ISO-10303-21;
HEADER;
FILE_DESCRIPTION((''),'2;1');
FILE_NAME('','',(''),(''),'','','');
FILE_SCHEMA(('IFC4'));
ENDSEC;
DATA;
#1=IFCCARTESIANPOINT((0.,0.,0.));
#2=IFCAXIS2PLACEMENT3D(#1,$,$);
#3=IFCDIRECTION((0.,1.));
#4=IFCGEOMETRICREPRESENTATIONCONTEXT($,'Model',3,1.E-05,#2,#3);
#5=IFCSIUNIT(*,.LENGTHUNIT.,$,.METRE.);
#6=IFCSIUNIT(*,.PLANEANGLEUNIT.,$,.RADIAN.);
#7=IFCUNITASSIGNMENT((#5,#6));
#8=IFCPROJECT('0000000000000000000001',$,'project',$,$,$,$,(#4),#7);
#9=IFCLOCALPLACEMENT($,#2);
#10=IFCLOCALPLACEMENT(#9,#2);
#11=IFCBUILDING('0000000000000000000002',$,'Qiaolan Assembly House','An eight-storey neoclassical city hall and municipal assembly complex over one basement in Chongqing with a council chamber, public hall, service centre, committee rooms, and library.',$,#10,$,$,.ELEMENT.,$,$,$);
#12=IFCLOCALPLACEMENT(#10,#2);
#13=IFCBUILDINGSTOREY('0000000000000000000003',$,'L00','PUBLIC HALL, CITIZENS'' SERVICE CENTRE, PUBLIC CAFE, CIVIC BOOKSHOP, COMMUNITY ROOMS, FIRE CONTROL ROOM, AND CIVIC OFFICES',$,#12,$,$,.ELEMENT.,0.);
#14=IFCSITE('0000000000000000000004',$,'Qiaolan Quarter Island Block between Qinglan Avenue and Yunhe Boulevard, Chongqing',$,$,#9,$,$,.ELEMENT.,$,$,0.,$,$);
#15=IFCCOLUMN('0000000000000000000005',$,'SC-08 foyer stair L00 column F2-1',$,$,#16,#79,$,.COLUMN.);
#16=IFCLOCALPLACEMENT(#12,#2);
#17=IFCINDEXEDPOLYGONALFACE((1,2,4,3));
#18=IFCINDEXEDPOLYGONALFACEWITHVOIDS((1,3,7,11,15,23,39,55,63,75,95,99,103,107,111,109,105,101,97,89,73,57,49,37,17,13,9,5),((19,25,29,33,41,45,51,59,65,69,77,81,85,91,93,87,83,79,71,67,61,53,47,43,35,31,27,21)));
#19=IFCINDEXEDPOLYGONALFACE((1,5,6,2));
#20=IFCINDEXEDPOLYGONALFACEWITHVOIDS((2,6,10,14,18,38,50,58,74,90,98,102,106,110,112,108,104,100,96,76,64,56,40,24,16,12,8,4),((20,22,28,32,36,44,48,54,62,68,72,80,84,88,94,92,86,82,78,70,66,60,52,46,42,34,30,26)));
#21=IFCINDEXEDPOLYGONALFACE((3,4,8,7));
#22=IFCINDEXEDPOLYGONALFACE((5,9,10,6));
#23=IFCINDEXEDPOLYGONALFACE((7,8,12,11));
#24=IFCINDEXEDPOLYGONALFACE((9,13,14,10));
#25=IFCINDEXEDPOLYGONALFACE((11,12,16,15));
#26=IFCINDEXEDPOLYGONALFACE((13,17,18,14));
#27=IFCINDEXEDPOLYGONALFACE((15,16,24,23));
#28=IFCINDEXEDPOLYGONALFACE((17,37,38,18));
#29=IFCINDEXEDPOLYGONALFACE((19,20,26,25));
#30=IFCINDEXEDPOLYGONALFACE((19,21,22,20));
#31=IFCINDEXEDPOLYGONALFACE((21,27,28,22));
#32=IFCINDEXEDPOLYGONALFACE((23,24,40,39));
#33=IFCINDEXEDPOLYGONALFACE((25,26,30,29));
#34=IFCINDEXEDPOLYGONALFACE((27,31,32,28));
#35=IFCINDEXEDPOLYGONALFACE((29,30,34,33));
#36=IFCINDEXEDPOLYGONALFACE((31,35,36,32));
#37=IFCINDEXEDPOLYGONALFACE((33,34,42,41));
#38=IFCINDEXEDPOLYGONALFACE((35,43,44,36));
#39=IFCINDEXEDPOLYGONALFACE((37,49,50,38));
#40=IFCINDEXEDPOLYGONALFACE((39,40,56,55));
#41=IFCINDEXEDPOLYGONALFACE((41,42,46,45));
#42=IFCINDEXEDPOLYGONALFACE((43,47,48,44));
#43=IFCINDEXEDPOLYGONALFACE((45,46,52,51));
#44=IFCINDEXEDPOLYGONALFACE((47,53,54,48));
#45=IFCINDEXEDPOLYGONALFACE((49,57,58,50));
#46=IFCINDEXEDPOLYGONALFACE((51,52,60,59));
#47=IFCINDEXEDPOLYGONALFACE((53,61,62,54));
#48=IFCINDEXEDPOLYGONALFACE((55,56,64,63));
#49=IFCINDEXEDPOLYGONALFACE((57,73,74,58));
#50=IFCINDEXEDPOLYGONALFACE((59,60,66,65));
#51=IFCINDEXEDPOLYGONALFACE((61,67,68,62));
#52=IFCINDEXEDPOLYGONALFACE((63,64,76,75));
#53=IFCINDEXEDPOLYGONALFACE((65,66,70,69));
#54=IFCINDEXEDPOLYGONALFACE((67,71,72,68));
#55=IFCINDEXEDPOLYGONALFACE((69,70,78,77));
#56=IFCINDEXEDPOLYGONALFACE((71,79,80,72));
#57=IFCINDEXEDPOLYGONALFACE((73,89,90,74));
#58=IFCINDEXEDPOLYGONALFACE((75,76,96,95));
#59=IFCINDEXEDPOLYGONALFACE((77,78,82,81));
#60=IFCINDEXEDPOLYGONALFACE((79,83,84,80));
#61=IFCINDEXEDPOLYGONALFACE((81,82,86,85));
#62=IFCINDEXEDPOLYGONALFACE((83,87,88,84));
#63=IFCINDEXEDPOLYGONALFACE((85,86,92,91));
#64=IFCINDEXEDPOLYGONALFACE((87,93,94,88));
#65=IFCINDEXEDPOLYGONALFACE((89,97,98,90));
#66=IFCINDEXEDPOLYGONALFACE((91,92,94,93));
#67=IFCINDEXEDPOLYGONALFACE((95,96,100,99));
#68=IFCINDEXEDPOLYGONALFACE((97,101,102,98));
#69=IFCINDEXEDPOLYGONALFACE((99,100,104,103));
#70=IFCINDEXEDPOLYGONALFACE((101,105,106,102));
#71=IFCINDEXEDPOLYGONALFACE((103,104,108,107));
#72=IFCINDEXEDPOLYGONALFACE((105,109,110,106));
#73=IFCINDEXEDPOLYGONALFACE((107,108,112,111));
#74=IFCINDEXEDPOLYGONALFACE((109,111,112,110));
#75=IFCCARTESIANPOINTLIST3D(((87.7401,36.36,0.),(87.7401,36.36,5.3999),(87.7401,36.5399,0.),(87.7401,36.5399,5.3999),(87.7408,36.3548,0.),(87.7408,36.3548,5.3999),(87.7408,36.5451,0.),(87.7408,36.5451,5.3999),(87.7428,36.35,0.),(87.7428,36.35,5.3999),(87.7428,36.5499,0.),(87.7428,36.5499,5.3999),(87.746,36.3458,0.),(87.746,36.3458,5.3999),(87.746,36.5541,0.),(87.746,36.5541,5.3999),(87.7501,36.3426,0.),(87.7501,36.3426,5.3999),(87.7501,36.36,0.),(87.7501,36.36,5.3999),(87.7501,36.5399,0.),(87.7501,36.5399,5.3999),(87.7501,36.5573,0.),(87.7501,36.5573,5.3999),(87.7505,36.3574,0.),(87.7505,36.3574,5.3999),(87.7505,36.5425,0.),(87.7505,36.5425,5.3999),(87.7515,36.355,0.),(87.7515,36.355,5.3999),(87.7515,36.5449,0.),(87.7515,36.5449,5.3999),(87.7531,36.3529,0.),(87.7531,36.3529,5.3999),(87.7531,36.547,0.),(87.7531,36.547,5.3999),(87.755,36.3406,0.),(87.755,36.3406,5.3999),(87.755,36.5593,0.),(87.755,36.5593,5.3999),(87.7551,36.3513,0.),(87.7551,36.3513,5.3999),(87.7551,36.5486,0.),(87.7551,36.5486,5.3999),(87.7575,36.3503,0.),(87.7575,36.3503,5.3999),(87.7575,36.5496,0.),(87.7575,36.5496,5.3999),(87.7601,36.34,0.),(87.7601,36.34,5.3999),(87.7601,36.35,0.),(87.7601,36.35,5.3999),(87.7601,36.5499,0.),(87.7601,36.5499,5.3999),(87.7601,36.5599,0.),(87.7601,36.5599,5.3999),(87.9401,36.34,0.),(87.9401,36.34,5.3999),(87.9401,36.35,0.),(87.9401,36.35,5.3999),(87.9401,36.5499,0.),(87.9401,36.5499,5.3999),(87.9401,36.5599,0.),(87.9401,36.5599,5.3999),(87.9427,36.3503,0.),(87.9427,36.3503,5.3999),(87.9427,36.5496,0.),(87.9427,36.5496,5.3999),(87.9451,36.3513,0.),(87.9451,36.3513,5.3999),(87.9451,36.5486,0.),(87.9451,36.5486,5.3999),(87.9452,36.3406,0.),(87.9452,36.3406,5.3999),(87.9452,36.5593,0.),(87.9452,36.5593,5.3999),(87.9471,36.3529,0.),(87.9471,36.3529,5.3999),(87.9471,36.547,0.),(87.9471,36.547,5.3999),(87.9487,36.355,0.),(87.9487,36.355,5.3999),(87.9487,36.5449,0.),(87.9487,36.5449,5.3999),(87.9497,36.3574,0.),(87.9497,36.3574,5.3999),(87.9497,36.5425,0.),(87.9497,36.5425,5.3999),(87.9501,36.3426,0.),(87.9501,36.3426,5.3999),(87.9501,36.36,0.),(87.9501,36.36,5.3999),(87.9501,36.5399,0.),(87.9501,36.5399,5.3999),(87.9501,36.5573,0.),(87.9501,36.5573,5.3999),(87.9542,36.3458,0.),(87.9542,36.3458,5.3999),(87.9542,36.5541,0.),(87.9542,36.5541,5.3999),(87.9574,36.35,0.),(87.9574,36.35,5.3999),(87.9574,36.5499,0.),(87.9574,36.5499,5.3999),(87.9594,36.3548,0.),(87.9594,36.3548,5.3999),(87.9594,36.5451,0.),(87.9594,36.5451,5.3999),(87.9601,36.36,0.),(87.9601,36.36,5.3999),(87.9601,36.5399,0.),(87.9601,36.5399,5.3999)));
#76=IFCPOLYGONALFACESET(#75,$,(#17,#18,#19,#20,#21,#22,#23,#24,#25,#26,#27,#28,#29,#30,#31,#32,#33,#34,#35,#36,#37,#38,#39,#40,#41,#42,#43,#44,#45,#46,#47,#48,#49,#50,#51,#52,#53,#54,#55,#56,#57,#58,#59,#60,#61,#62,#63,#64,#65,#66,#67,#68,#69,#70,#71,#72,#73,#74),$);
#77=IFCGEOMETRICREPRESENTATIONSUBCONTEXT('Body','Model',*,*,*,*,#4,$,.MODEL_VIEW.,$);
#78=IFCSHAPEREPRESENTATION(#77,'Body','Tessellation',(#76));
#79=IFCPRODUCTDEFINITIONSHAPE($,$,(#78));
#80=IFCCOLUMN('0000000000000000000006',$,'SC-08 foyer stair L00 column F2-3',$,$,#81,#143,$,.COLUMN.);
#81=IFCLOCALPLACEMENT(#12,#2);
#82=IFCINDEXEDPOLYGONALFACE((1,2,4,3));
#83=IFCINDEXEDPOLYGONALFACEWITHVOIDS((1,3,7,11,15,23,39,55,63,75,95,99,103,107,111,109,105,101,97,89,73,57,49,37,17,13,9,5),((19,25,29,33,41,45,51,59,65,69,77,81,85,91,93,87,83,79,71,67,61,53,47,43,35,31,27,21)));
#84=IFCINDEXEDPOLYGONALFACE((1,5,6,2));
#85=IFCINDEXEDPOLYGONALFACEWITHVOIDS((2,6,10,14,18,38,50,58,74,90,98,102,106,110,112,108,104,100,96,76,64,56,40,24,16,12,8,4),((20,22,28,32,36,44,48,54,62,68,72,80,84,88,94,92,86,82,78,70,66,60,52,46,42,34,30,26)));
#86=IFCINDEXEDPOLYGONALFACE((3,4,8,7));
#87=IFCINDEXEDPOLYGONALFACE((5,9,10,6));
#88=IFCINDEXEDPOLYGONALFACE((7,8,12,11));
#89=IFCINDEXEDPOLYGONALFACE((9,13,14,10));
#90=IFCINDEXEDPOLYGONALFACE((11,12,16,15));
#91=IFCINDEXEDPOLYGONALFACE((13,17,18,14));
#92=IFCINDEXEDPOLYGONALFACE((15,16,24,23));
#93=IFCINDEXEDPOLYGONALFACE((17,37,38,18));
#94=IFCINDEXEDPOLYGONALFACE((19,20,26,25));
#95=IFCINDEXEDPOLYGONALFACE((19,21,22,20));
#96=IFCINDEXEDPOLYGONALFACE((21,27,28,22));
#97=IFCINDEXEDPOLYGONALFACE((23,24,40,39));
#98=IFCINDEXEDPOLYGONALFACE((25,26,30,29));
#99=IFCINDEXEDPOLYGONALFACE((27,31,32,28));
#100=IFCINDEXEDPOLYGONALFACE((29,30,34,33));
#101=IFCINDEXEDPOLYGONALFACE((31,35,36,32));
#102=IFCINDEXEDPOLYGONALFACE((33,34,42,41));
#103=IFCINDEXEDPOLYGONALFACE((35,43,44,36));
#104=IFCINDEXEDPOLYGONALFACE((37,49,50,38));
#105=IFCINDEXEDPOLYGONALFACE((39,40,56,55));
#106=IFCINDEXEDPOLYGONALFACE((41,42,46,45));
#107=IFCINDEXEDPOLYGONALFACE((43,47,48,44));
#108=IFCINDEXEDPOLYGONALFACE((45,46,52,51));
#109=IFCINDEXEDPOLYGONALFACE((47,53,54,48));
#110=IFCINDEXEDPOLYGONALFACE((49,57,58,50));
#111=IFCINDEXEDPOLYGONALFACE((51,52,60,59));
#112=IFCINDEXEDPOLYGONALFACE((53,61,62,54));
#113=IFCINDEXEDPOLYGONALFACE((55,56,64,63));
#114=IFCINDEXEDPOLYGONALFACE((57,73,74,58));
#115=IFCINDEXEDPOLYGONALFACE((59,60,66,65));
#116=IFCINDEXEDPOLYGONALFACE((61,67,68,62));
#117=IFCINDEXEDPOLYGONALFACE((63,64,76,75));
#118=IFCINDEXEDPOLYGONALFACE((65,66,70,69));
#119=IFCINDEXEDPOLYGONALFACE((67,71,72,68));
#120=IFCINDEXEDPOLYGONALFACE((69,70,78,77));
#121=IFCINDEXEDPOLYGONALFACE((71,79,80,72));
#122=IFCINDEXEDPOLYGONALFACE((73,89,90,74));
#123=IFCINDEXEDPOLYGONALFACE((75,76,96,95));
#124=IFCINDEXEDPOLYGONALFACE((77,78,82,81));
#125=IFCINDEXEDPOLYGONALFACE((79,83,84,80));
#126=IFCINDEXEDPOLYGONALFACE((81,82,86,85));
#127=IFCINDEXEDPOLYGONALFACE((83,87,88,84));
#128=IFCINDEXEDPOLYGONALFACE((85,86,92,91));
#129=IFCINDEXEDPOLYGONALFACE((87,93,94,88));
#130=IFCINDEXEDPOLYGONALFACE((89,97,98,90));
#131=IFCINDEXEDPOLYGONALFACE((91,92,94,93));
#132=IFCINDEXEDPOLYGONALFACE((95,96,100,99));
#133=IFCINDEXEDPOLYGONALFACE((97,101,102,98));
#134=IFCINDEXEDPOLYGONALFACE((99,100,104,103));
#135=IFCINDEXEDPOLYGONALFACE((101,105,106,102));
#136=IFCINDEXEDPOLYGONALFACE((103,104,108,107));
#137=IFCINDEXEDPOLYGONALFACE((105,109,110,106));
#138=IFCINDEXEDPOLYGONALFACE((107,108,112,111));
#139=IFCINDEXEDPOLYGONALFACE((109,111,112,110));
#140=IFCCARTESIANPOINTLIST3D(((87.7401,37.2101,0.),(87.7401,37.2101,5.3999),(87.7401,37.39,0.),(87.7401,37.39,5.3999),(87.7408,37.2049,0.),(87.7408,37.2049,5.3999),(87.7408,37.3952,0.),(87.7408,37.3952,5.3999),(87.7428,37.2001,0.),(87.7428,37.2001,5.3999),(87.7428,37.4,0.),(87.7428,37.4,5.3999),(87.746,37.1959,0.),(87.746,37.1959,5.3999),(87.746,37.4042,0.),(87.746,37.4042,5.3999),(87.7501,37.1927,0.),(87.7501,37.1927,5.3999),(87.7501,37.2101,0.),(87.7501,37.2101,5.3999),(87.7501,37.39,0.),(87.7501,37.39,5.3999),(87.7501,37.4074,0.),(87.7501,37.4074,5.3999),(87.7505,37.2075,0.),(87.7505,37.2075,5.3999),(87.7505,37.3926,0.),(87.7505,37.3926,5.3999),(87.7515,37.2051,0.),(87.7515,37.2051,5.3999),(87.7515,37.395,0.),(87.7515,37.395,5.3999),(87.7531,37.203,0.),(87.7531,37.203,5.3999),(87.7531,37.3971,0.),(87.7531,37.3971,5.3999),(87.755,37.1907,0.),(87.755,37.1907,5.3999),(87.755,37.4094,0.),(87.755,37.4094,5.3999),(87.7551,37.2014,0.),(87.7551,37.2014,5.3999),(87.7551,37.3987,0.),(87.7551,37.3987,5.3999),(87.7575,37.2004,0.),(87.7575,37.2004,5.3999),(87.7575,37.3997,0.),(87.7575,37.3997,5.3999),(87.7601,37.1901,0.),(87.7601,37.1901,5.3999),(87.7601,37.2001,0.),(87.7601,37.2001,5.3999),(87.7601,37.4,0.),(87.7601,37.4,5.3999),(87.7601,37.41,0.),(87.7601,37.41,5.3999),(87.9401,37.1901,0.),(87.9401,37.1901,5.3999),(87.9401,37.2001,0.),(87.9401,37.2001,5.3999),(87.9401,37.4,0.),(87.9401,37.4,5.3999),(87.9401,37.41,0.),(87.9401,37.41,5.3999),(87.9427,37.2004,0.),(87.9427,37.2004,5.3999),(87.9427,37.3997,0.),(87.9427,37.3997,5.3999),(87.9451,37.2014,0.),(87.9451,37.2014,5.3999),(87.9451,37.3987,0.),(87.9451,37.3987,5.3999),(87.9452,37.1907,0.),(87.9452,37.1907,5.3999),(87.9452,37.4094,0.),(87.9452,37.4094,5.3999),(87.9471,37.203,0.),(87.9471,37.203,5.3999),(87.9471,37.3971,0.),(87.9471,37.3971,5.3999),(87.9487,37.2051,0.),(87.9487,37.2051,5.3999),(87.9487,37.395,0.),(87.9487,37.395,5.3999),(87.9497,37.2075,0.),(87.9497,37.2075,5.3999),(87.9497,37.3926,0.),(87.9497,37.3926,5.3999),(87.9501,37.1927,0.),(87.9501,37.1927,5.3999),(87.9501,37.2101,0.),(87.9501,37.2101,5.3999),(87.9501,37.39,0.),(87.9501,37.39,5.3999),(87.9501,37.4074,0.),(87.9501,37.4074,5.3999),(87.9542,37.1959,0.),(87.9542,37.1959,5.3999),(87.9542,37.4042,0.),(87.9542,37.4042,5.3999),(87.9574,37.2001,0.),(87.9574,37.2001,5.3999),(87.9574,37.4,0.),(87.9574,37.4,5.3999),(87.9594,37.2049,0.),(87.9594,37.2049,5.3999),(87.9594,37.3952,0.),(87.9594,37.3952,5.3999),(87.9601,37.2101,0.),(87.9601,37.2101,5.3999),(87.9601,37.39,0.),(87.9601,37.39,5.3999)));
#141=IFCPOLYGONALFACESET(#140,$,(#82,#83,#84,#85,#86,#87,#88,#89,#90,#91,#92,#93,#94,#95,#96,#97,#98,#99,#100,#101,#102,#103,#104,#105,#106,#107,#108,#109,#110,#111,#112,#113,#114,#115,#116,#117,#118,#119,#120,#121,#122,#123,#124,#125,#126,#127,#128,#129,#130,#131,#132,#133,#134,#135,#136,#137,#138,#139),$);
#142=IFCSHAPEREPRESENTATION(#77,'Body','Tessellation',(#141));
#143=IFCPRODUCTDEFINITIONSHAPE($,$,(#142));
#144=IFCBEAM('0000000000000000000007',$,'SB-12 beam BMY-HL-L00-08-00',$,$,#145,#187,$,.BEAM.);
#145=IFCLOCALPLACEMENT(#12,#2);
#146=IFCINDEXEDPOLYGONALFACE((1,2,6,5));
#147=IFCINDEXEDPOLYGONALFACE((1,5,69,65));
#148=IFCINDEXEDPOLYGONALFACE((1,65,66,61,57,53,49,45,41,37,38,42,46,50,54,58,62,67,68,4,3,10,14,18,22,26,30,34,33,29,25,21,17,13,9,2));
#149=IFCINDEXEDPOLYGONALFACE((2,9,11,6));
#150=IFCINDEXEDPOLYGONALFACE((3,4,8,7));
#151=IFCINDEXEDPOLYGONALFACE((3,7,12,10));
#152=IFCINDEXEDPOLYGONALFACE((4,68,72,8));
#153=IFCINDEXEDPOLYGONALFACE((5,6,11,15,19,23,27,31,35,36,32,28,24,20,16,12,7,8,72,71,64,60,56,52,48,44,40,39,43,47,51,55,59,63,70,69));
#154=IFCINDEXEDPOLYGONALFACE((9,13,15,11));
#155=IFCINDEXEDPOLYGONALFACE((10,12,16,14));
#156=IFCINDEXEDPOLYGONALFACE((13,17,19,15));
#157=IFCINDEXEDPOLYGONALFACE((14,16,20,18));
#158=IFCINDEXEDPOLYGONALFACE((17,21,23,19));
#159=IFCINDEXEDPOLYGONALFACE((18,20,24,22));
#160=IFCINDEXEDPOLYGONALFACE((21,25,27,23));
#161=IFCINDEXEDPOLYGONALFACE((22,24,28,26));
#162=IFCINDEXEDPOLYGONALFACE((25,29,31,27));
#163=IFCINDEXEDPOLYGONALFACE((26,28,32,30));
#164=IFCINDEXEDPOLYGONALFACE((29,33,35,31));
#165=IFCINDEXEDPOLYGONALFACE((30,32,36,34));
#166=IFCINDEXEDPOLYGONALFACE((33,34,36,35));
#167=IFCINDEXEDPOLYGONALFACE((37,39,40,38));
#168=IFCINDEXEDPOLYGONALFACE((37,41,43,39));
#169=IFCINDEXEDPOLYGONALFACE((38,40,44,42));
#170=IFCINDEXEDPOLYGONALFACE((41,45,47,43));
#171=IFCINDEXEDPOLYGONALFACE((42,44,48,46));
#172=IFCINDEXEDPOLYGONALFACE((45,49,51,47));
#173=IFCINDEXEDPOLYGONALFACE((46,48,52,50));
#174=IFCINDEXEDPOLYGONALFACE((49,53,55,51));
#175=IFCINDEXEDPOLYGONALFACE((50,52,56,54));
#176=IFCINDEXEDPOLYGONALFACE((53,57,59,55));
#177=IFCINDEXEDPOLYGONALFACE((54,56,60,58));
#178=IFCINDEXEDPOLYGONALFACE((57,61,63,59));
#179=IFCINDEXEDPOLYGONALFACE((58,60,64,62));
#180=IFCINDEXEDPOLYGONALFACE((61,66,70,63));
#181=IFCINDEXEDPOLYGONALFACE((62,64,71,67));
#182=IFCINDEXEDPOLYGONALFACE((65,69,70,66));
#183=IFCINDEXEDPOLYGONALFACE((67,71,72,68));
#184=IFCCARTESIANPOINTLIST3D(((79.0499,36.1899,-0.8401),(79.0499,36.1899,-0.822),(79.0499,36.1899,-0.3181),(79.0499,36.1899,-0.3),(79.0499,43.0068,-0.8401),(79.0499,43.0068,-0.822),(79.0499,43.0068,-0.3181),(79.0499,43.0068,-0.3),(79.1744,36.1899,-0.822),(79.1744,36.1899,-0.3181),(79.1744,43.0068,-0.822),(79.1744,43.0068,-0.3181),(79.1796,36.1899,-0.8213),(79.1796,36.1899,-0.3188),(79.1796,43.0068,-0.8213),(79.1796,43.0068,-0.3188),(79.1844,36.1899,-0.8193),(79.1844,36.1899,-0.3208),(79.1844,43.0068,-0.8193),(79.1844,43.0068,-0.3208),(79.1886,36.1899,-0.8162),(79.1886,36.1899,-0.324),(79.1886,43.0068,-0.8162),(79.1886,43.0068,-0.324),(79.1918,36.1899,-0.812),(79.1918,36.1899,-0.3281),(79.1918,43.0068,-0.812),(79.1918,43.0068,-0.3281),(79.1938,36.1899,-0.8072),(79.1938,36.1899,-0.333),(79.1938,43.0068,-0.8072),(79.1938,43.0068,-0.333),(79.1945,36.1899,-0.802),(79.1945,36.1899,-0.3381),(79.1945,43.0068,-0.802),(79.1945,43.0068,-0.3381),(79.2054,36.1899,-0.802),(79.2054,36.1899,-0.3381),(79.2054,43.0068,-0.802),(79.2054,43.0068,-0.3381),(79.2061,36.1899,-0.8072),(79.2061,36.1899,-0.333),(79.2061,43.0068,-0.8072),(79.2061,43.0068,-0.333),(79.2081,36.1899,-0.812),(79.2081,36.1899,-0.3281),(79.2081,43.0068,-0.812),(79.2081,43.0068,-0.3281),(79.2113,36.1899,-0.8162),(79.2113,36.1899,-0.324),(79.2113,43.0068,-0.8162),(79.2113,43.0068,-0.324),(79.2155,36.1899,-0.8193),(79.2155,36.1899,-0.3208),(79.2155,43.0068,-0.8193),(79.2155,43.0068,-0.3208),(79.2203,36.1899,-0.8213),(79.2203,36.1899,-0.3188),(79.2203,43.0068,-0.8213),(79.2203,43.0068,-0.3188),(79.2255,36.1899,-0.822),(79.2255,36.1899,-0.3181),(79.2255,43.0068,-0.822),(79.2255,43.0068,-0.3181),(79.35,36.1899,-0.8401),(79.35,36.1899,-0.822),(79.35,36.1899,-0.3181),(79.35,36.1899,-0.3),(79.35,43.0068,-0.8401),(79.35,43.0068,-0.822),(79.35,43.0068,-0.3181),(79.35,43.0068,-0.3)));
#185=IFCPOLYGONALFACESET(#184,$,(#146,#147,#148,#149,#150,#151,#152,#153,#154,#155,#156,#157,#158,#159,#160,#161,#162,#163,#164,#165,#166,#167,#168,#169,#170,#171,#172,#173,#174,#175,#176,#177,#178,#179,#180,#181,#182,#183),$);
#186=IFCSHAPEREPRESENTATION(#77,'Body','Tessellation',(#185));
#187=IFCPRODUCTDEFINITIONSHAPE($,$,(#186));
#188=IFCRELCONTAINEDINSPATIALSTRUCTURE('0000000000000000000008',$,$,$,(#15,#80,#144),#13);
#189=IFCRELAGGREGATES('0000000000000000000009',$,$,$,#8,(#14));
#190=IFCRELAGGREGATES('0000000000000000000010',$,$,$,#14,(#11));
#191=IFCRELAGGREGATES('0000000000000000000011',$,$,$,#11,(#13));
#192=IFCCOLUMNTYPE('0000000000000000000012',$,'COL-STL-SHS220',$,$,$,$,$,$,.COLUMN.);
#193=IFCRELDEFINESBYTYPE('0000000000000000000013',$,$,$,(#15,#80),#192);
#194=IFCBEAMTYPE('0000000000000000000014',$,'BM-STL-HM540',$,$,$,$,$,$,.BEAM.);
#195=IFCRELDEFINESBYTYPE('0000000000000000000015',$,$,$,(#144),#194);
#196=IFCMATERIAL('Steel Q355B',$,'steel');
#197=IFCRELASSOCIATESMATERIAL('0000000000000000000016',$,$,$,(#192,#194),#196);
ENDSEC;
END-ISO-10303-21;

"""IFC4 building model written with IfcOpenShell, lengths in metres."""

from ifc_helpers import new_model, si_unit, direction, frame, origin, origin_2d, place, context, subcontext, project, spatial, hollow_rectangle, i_section, extrude, material, material_profile, profile_set, type_object, element, save


model = new_model("IFC4")

# Units and contexts
model_context = context("Model", 3, precision=1e-05, world=origin(), true_north=direction((0.0, 1.0)))
body_context = subcontext(model_context, "Body", "Model", "MODEL_VIEW")
ifc_project = project(units=[si_unit("LENGTHUNIT", "METRE"), si_unit("PLANEANGLEUNIT", "RADIAN")], contexts=[model_context])

# Site, building, storey
site_placement = place(None, origin())
site = spatial("IfcSite", under=ifc_project, at=site_placement, Name="Qiaolan Quarter Island Block between Qinglan Avenue and Yunhe Boulevard, Chongqing", CompositionType="ELEMENT", RefElevation=0.0)
building_placement = place(site_placement, origin())
building = spatial("IfcBuilding", under=site, at=building_placement, Name="Qiaolan Assembly House", Description="An eight-storey neoclassical city hall and municipal assembly complex over one basement in Chongqing with a council chamber, public hall, service centre, committee rooms, and library.", CompositionType="ELEMENT")
storey_placement = place(building_placement, origin())
storey = spatial("IfcBuildingStorey", under=building, at=storey_placement, Name="L00", Description="PUBLIC HALL, CITIZENS' SERVICE CENTRE, PUBLIC CAFE, CIVIC BOOKSHOP, COMMUNITY ROOMS, FIRE CONTROL ROOM, AND CIVIC OFFICES", CompositionType="ELEMENT", Elevation=0.0)

# Columns
ifc_material_1 = material(Name="Steel Q355B", Category="steel")
ifc_material_profile_1 = material_profile(ifc_material_1, hollow_rectangle(XDim=0.22, YDim=0.22, WallThickness=0.01, InnerFilletRadius=0.01, OuterFilletRadius=0.02, at=origin_2d()), Name="SHS 220x220x10")
ifc_profile_set_1 = profile_set([ifc_material_profile_1], Name="Steel Q355B")
column_type_1 = type_object("IfcColumnType", Name="COL-STL-SHS220", PredefinedType="COLUMN", material=ifc_profile_set_1)
for number, where, z_axis, x_axis, name in (
    (1, (87.8501, 36.45, 0.0), (0.0, 0.0, 1.0), (1.0, 0.0, 0.0), "SC-08 foyer stair L00 column F2-1"),
    (2, (87.8501, 37.3, 0.0), (0.0, 0.0, 1.0), (1.0, 0.0, 0.0), "SC-08 foyer stair L00 column F2-3"),
):
    element("IfcColumn", number, at=place(storey_placement, frame(where, z_axis=z_axis, x_axis=x_axis)), inside=storey, type_object=column_type_1, Name=name, PredefinedType="COLUMN", context=body_context, shape_type="SweptSolid", body=[
        extrude(hollow_rectangle(XDim=0.22, YDim=0.22, WallThickness=0.01, InnerFilletRadius=0.01, OuterFilletRadius=0.02, at=origin_2d()), origin(), (0.0, 0.0, 1.0), 5.3999),
    ])

# Beam
ifc_material_profile_2 = material_profile(ifc_material_1, i_section(OverallWidth=0.3, OverallDepth=0.54, WebThickness=0.011, FlangeThickness=0.0181, FilletRadius=0.02, at=origin_2d()), Name="HM 540x300x11x18")
ifc_profile_set_2 = profile_set([ifc_material_profile_2], Name="Steel Q355B")
beam_type_1 = type_object("IfcBeamType", Name="BM-STL-HM540", PredefinedType="BEAM", material=ifc_profile_set_2)
for number, where, z_axis, x_axis, name in (
    (3, (79.2, 36.1899, -0.5701), (0.0, 1.0, 0.0), (-1.0, 0.0, 0.0), "SB-12 beam BMY-HL-L00-08-00"),
):
    element("IfcBeam", number, at=place(storey_placement, frame(where, z_axis=z_axis, x_axis=x_axis)), inside=storey, type_object=beam_type_1, Name=name, PredefinedType="BEAM", context=body_context, shape_type="SweptSolid", body=[
        extrude(i_section(OverallWidth=0.3, OverallDepth=0.54, WebThickness=0.011, FlangeThickness=0.0181, FilletRadius=0.02, at=origin_2d()), origin(), (0.0, 0.0, 1.0), 6.8169),
    ])

save(model, "model.ifc")
